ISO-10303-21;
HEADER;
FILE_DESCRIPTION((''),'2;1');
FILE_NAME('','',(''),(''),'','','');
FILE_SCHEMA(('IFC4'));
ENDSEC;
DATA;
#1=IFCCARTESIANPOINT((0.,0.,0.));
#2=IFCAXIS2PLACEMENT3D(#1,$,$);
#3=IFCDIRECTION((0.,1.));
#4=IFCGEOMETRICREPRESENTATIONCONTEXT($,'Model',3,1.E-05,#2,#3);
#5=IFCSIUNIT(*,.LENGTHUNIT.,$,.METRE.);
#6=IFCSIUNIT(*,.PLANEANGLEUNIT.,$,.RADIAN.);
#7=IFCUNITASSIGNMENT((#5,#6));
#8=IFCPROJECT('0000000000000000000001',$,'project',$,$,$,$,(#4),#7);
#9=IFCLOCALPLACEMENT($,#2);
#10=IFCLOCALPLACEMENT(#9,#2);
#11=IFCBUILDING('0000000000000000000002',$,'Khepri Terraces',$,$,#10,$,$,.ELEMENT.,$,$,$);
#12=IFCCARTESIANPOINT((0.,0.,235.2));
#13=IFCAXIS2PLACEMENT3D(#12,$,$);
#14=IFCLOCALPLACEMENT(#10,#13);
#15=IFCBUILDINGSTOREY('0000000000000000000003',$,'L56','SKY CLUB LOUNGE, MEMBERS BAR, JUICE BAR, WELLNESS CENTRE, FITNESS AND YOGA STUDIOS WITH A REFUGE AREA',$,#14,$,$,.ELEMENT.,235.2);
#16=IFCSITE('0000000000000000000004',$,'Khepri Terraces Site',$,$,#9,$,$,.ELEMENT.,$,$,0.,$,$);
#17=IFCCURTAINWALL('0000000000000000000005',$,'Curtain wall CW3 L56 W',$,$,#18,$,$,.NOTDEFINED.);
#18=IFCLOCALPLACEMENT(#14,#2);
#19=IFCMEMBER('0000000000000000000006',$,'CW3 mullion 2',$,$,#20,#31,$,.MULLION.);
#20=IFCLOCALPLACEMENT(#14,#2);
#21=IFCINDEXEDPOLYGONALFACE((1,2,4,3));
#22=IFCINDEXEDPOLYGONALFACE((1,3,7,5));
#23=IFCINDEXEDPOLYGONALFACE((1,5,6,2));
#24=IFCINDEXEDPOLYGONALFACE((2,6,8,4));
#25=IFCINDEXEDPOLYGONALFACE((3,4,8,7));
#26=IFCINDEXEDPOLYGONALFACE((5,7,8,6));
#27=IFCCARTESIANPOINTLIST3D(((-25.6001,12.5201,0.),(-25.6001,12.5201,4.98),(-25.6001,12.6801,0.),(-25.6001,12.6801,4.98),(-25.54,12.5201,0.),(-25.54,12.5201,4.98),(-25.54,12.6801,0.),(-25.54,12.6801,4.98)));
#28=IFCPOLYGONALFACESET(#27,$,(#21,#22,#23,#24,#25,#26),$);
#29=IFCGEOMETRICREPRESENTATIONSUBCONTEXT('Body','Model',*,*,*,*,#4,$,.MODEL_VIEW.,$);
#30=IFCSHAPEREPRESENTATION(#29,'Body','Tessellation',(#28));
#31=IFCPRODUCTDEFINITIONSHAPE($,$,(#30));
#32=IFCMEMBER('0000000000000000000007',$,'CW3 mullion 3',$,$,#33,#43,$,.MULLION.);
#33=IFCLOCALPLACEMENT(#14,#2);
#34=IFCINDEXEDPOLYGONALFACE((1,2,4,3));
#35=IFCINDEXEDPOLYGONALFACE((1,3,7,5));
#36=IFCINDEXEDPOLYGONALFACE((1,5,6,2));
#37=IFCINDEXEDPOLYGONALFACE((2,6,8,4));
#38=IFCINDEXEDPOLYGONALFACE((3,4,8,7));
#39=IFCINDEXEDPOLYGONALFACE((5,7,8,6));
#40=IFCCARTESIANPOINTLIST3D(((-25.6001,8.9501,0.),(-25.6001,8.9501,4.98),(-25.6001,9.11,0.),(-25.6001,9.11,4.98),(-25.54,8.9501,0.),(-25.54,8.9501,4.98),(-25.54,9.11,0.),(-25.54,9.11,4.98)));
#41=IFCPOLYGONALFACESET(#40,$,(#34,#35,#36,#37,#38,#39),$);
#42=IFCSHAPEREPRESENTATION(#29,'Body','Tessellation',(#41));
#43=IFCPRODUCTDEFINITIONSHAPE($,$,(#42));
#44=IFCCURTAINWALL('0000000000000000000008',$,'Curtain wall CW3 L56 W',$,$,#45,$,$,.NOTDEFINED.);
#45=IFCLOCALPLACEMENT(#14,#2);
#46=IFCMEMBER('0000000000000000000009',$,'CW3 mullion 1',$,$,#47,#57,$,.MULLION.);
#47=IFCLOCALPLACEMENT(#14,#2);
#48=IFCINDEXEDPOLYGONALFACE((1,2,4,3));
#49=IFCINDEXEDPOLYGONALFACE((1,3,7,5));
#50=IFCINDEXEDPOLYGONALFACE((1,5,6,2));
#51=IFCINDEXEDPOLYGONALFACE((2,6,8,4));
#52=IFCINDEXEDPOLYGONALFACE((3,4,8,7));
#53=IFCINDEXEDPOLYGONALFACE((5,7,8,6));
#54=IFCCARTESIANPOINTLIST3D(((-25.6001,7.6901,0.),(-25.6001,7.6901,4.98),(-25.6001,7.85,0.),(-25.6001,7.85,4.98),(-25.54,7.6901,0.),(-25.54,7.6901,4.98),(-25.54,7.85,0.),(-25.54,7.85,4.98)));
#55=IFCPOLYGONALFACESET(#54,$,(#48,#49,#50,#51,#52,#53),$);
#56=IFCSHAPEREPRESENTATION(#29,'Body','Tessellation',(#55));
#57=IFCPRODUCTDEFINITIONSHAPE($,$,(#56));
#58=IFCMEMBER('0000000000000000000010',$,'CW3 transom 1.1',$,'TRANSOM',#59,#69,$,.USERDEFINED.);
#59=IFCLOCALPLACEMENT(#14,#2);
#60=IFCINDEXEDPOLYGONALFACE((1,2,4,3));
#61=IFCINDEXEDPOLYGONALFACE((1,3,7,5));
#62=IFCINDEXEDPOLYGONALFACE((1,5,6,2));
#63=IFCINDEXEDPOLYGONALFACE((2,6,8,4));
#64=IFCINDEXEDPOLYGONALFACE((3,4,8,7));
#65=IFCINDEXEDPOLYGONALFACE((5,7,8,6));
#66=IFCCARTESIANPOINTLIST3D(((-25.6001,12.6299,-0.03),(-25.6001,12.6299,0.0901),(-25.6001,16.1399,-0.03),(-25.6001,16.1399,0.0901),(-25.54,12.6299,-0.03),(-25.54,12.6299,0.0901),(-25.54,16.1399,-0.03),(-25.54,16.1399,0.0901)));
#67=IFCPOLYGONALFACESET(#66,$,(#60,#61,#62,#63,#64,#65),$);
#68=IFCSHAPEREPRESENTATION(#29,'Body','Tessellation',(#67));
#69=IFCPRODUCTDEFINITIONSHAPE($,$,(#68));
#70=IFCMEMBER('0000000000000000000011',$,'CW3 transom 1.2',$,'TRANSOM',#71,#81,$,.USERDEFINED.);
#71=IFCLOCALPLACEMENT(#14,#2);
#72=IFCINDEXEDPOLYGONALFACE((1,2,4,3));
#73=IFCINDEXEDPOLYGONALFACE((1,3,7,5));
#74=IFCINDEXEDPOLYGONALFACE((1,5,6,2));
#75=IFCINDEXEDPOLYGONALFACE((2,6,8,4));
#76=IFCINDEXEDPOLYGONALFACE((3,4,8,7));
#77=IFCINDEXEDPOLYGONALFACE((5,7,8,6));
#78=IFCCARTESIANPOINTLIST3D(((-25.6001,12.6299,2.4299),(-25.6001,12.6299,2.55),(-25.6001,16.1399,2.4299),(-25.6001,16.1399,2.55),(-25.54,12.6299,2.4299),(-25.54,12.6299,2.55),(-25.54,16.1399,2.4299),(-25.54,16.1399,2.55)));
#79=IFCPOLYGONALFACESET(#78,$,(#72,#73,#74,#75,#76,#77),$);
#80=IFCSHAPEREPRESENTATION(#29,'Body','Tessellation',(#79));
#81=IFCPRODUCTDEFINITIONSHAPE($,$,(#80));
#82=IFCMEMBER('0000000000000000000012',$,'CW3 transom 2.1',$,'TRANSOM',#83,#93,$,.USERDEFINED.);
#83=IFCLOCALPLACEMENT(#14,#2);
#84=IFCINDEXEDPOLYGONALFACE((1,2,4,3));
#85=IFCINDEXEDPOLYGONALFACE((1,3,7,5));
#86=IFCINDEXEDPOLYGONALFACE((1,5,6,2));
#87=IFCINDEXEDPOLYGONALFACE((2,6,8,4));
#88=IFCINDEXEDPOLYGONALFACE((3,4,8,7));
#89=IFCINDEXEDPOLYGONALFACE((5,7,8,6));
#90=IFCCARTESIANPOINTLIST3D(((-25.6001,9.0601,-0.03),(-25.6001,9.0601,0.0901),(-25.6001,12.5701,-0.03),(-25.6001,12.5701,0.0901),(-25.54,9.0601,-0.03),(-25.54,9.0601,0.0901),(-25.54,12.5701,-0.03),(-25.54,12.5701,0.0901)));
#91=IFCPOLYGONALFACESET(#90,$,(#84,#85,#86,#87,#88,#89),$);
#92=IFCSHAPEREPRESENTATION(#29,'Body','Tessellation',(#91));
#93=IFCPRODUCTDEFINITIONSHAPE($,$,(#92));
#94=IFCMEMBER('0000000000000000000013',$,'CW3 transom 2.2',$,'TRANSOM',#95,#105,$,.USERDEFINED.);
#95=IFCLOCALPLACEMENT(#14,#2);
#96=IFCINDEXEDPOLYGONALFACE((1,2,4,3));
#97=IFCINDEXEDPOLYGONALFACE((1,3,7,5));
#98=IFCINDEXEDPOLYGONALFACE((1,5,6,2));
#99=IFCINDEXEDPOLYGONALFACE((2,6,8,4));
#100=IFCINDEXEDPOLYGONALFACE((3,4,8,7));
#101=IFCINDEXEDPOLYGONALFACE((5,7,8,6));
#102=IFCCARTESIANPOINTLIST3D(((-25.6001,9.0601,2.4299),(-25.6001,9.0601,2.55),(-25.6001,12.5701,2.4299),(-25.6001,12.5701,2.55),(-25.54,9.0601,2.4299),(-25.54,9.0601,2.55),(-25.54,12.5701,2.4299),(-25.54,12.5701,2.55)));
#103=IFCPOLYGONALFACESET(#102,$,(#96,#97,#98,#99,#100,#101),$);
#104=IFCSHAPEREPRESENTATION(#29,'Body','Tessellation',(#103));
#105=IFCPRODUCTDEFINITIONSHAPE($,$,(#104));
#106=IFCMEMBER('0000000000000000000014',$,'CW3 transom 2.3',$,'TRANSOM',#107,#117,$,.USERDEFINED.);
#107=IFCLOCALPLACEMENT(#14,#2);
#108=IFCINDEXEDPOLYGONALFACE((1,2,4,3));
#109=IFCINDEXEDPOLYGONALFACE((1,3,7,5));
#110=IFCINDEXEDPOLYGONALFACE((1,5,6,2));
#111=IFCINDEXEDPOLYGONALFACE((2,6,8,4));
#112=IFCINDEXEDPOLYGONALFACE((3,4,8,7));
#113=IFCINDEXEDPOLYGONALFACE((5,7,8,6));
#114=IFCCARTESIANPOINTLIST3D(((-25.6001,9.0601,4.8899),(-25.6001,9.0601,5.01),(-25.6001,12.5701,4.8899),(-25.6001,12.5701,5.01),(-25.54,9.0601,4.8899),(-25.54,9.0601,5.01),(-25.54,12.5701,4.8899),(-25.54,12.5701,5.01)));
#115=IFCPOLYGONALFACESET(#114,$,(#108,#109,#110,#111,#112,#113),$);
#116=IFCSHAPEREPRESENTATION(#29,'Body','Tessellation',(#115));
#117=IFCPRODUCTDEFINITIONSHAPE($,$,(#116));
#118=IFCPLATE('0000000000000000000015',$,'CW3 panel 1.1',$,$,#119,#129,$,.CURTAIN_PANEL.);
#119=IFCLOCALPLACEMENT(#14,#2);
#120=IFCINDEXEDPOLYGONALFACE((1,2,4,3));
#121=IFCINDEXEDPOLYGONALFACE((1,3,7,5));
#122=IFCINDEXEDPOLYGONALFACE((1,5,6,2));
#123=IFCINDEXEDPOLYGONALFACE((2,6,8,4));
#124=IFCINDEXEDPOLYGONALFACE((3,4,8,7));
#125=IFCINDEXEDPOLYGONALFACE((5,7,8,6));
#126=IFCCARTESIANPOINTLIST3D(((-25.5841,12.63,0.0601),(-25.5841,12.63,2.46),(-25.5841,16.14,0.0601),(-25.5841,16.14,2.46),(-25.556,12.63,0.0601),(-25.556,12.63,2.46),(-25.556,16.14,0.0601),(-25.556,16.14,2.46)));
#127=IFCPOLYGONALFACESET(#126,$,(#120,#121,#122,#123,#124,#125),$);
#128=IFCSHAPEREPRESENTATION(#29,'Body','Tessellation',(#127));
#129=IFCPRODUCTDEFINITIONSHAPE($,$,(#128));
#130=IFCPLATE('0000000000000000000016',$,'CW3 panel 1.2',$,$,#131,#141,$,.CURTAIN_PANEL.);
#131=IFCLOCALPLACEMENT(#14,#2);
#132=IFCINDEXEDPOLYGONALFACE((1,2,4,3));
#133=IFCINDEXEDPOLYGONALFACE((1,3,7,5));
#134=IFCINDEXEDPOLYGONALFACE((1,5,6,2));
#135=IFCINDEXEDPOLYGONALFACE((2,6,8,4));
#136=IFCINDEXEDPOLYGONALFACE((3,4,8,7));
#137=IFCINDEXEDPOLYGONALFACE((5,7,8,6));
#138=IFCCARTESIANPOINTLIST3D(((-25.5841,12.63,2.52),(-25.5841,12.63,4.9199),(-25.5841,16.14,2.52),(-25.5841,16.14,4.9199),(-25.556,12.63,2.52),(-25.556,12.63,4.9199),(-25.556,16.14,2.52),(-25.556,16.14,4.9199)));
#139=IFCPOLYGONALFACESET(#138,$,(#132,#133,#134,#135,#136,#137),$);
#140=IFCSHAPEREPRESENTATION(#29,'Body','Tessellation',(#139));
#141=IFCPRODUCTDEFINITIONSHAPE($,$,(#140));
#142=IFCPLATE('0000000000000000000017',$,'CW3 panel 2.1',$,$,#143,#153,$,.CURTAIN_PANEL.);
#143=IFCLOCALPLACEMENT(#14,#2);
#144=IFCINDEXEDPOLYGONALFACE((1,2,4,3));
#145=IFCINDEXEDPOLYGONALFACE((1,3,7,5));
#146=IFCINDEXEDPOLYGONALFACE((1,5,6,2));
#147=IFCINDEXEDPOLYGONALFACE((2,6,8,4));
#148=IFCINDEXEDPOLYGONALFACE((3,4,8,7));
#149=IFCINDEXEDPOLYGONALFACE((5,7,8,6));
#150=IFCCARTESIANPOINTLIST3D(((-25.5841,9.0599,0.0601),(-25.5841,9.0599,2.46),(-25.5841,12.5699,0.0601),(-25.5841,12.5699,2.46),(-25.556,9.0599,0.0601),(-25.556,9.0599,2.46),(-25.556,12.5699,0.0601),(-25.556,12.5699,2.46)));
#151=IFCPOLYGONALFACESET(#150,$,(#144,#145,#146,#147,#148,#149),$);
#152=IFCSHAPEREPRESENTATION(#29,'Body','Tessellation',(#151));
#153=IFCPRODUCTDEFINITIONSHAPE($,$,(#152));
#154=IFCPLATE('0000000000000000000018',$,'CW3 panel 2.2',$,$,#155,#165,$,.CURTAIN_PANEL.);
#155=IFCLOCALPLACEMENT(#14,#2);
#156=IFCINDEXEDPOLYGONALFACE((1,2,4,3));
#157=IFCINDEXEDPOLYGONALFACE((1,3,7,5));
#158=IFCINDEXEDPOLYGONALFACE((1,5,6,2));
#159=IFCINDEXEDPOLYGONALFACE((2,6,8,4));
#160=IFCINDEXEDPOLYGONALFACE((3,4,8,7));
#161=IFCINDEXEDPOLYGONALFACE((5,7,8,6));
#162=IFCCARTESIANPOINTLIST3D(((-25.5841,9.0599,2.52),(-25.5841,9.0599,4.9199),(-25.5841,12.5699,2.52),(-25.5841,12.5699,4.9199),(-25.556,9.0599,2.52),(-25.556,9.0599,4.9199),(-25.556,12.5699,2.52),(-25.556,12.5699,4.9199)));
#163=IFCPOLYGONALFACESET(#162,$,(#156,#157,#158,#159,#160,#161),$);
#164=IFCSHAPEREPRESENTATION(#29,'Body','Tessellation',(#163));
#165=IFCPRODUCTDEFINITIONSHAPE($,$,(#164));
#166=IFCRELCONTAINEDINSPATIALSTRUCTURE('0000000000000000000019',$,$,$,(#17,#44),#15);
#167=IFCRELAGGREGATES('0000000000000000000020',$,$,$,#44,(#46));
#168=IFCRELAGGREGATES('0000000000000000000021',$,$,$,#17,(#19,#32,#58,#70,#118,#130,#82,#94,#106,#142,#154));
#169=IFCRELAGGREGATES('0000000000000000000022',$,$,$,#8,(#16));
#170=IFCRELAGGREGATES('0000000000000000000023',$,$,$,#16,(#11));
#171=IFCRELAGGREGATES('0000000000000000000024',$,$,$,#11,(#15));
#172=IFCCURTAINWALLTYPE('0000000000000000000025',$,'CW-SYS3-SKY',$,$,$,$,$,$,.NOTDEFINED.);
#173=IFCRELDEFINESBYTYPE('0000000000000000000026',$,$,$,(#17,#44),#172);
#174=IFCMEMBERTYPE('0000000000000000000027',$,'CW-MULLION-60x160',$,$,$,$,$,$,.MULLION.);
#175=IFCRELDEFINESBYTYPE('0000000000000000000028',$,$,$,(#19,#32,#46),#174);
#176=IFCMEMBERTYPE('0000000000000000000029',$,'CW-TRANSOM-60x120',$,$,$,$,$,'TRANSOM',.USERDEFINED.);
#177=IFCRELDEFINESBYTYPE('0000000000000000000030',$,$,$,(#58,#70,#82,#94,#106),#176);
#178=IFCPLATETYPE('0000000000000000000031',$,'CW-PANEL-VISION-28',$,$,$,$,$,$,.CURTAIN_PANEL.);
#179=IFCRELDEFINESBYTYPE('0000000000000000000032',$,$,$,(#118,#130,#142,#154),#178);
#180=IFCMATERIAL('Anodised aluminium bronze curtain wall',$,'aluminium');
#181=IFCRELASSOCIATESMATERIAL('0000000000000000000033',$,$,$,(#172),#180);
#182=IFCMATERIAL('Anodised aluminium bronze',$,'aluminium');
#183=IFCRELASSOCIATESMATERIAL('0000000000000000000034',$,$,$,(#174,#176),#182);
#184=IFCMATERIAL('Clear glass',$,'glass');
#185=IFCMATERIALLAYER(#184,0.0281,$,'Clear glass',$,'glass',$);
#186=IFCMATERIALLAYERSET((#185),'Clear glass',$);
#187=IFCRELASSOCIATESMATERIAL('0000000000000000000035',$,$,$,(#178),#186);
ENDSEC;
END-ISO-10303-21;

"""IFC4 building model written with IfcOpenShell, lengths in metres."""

from ifc_helpers import new_model, si_unit, direction, frame, origin, origin_2d, place, context, subcontext, project, spatial, rectangle, extrude, material, layer, layer_set, material_profile, profile_set, type_object, element, aggregate, save


model = new_model("IFC4")

# Units and contexts
model_context = context("Model", 3, precision=1e-05, world=origin(), true_north=direction((0.0, 1.0)))
body_context = subcontext(model_context, "Body", "Model", "MODEL_VIEW")
ifc_project = project(units=[si_unit("LENGTHUNIT", "METRE"), si_unit("PLANEANGLEUNIT", "RADIAN")], contexts=[model_context])

# Site, building, storey
site_placement = place(None, origin())
site = spatial("IfcSite", under=ifc_project, at=site_placement, Name="Khepri Terraces Site", CompositionType="ELEMENT", RefElevation=0.0)
building_placement = place(site_placement, origin())
building = spatial("IfcBuilding", under=site, at=building_placement, Name="Khepri Terraces", CompositionType="ELEMENT")
storey_placement = place(building_placement, frame((0.0, 0.0, 235.2)))
storey = spatial("IfcBuildingStorey", under=building, at=storey_placement, Name="L56", Description="SKY CLUB LOUNGE, MEMBERS BAR, JUICE BAR, WELLNESS CENTRE, FITNESS AND YOGA STUDIOS WITH A REFUGE AREA", CompositionType="ELEMENT", Elevation=235.2)

# Curtain wall, members
ifc_material_1 = material(Name="Anodised aluminium bronze curtain wall", Category="aluminium")
curtain_wall_type = type_object("IfcCurtainWallType", Name="CW-SYS3-SKY", PredefinedType="NOTDEFINED", material=ifc_material_1)
curtain_wall_1_placement = place(storey_placement, origin())
curtain_wall_1 = element("IfcCurtainWall", 1, at=curtain_wall_1_placement, inside=storey, type_object=curtain_wall_type, Name="Curtain wall CW3 L56 W", PredefinedType="NOTDEFINED")
ifc_material_2 = material(Name="Anodised aluminium bronze", Category="aluminium")
ifc_material_profile_1 = material_profile(ifc_material_2, rectangle(XDim=0.0601, YDim=0.1599, at=origin_2d()), Name="Anodised aluminium bronze", Category="aluminium")
ifc_profile_set_1 = profile_set([ifc_material_profile_1], Name="Anodised aluminium bronze")
member_type_1 = type_object("IfcMemberType", Name="CW-MULLION-60x160", PredefinedType="MULLION", material=ifc_profile_set_1)
member_1_placement = place(storey_placement, frame((-25.5701, 12.6001, 0.0), z_axis=(0.0, 0.0, 1.0), x_axis=(1.0, 0.0, 0.0)))
member_1 = element("IfcMember", 2, at=member_1_placement, type_object=member_type_1, Name="CW3 mullion 2", PredefinedType="MULLION", context=body_context, shape_type="SweptSolid", body=[
    extrude(rectangle(XDim=0.0601, YDim=0.1599, at=origin_2d()), origin(), (0.0, 0.0, 1.0), 4.98),
])
member_2_placement = place(storey_placement, frame((-25.5701, 9.03, 0.0), z_axis=(0.0, 0.0, 1.0), x_axis=(1.0, 0.0, 0.0)))
member_2 = element("IfcMember", 3, at=member_2_placement, type_object=member_type_1, Name="CW3 mullion 3", PredefinedType="MULLION", context=body_context, shape_type="SweptSolid", body=[
    extrude(rectangle(XDim=0.0601, YDim=0.1599, at=origin_2d()), origin(), (0.0, 0.0, 1.0), 4.98),
])

# Curtain wall, member
curtain_wall_2_placement = place(storey_placement, origin())
curtain_wall_2 = element("IfcCurtainWall", 4, at=curtain_wall_2_placement, inside=storey, type_object=curtain_wall_type, Name="Curtain wall CW3 L56 W", PredefinedType="NOTDEFINED")
member_3_placement = place(storey_placement, frame((-25.5701, 7.77, 0.0), z_axis=(0.0, 0.0, 1.0), x_axis=(1.0, 0.0, 0.0)))
member_3 = element("IfcMember", 5, at=member_3_placement, type_object=member_type_1, Name="CW3 mullion 1", PredefinedType="MULLION", context=body_context, shape_type="SweptSolid", body=[
    extrude(rectangle(XDim=0.0601, YDim=0.1599, at=origin_2d()), origin(), (0.0, 0.0, 1.0), 4.98),
])
aggregate(curtain_wall_2, [member_3])

# Members
ifc_material_profile_2 = material_profile(ifc_material_2, rectangle(XDim=0.0601, YDim=0.1201, at=origin_2d()), Name="Anodised aluminium bronze", Category="aluminium")
ifc_profile_set_2 = profile_set([ifc_material_profile_2], Name="Anodised aluminium bronze")
member_type_2 = type_object("IfcMemberType", Name="CW-TRANSOM-60x120", ElementType="TRANSOM", PredefinedType="USERDEFINED", material=ifc_profile_set_2)
member_4_placement = place(storey_placement, frame((-25.5701, 16.1399, 0.03), z_axis=(0.0, -1.0, 0.0), x_axis=(1.0, 0.0, 0.0)))
member_4 = element("IfcMember", 6, at=member_4_placement, type_object=member_type_2, Name="CW3 transom 1.1", ObjectType="TRANSOM", PredefinedType="USERDEFINED", context=body_context, shape_type="SweptSolid", body=[
    extrude(rectangle(XDim=0.0601, YDim=0.1201, at=origin_2d()), origin(), (0.0, 0.0, 1.0), 3.51),
])
member_5_placement = place(storey_placement, frame((-25.5701, 16.1399, 2.49), z_axis=(0.0, -1.0, 0.0), x_axis=(1.0, 0.0, 0.0)))
member_5 = element("IfcMember", 7, at=member_5_placement, type_object=member_type_2, Name="CW3 transom 1.2", ObjectType="TRANSOM", PredefinedType="USERDEFINED", context=body_context, shape_type="SweptSolid", body=[
    extrude(rectangle(XDim=0.0601, YDim=0.1201, at=origin_2d()), origin(), (0.0, 0.0, 1.0), 3.51),
])
member_6_placement = place(storey_placement, frame((-25.5701, 12.5701, 0.03), z_axis=(0.0, -1.0, 0.0), x_axis=(1.0, 0.0, 0.0)))
member_6 = element("IfcMember", 8, at=member_6_placement, type_object=member_type_2, Name="CW3 transom 2.1", ObjectType="TRANSOM", PredefinedType="USERDEFINED", context=body_context, shape_type="SweptSolid", body=[
    extrude(rectangle(XDim=0.0601, YDim=0.1201, at=origin_2d()), origin(), (0.0, 0.0, 1.0), 3.51),
])
member_7_placement = place(storey_placement, frame((-25.5701, 12.5701, 2.49), z_axis=(0.0, -1.0, 0.0), x_axis=(1.0, 0.0, 0.0)))
member_7 = element("IfcMember", 9, at=member_7_placement, type_object=member_type_2, Name="CW3 transom 2.2", ObjectType="TRANSOM", PredefinedType="USERDEFINED", context=body_context, shape_type="SweptSolid", body=[
    extrude(rectangle(XDim=0.0601, YDim=0.1201, at=origin_2d()), origin(), (0.0, 0.0, 1.0), 3.51),
])
member_8_placement = place(storey_placement, frame((-25.5701, 12.5701, 4.95), z_axis=(0.0, -1.0, 0.0), x_axis=(1.0, 0.0, 0.0)))
member_8 = element("IfcMember", 10, at=member_8_placement, type_object=member_type_2, Name="CW3 transom 2.3", ObjectType="TRANSOM", PredefinedType="USERDEFINED", context=body_context, shape_type="SweptSolid", body=[
    extrude(rectangle(XDim=0.0601, YDim=0.1201, at=origin_2d()), origin(), (0.0, 0.0, 1.0), 3.51),
])

# Plates
ifc_material_3 = material(Name="Clear glass", Category="glass")
ifc_layer = layer(ifc_material_3, 0.0281, Name="Clear glass", Category="glass")
ifc_layer_set = layer_set([ifc_layer], Name="Clear glass")
plate_type = type_object("IfcPlateType", Name="CW-PANEL-VISION-28", PredefinedType="CURTAIN_PANEL", material=ifc_layer_set)
plate_1_placement = place(storey_placement, frame((-25.5701, 14.385, 0.0601), z_axis=(0.0, 0.0, 1.0), x_axis=(0.0, -1.0, 0.0)))
plate_1 = element("IfcPlate", 11, at=plate_1_placement, type_object=plate_type, Name="CW3 panel 1.1", PredefinedType="CURTAIN_PANEL", context=body_context, shape_type="SweptSolid", body=[
    extrude(rectangle(XDim=3.51, YDim=0.0281, at=origin_2d()), origin(), (0.0, 0.0, 1.0), 2.3999),
])
plate_2_placement = place(storey_placement, frame((-25.5701, 14.385, 2.52), z_axis=(0.0, 0.0, 1.0), x_axis=(0.0, -1.0, 0.0)))
plate_2 = element("IfcPlate", 12, at=plate_2_placement, type_object=plate_type, Name="CW3 panel 1.2", PredefinedType="CURTAIN_PANEL", context=body_context, shape_type="SweptSolid", body=[
    extrude(rectangle(XDim=3.51, YDim=0.0281, at=origin_2d()), origin(), (0.0, 0.0, 1.0), 2.3999),
])
plate_3_placement = place(storey_placement, frame((-25.5701, 10.8149, 0.0601), z_axis=(0.0, 0.0, 1.0), x_axis=(0.0, -1.0, 0.0)))
plate_3 = element("IfcPlate", 13, at=plate_3_placement, type_object=plate_type, Name="CW3 panel 2.1", PredefinedType="CURTAIN_PANEL", context=body_context, shape_type="SweptSolid", body=[
    extrude(rectangle(XDim=3.51, YDim=0.0281, at=origin_2d()), origin(), (0.0, 0.0, 1.0), 2.3999),
])
plate_4_placement = place(storey_placement, frame((-25.5701, 10.8149, 2.52), z_axis=(0.0, 0.0, 1.0), x_axis=(0.0, -1.0, 0.0)))
plate_4 = element("IfcPlate", 14, at=plate_4_placement, type_object=plate_type, Name="CW3 panel 2.2", PredefinedType="CURTAIN_PANEL", context=body_context, shape_type="SweptSolid", body=[
    extrude(rectangle(XDim=3.51, YDim=0.0281, at=origin_2d()), origin(), (0.0, 0.0, 1.0), 2.3999),
])
aggregate(curtain_wall_1, [member_1, member_2, member_4, member_5, plate_1, plate_2, member_6, member_7, member_8, plate_3, plate_4])

save(model, "model.ifc")
